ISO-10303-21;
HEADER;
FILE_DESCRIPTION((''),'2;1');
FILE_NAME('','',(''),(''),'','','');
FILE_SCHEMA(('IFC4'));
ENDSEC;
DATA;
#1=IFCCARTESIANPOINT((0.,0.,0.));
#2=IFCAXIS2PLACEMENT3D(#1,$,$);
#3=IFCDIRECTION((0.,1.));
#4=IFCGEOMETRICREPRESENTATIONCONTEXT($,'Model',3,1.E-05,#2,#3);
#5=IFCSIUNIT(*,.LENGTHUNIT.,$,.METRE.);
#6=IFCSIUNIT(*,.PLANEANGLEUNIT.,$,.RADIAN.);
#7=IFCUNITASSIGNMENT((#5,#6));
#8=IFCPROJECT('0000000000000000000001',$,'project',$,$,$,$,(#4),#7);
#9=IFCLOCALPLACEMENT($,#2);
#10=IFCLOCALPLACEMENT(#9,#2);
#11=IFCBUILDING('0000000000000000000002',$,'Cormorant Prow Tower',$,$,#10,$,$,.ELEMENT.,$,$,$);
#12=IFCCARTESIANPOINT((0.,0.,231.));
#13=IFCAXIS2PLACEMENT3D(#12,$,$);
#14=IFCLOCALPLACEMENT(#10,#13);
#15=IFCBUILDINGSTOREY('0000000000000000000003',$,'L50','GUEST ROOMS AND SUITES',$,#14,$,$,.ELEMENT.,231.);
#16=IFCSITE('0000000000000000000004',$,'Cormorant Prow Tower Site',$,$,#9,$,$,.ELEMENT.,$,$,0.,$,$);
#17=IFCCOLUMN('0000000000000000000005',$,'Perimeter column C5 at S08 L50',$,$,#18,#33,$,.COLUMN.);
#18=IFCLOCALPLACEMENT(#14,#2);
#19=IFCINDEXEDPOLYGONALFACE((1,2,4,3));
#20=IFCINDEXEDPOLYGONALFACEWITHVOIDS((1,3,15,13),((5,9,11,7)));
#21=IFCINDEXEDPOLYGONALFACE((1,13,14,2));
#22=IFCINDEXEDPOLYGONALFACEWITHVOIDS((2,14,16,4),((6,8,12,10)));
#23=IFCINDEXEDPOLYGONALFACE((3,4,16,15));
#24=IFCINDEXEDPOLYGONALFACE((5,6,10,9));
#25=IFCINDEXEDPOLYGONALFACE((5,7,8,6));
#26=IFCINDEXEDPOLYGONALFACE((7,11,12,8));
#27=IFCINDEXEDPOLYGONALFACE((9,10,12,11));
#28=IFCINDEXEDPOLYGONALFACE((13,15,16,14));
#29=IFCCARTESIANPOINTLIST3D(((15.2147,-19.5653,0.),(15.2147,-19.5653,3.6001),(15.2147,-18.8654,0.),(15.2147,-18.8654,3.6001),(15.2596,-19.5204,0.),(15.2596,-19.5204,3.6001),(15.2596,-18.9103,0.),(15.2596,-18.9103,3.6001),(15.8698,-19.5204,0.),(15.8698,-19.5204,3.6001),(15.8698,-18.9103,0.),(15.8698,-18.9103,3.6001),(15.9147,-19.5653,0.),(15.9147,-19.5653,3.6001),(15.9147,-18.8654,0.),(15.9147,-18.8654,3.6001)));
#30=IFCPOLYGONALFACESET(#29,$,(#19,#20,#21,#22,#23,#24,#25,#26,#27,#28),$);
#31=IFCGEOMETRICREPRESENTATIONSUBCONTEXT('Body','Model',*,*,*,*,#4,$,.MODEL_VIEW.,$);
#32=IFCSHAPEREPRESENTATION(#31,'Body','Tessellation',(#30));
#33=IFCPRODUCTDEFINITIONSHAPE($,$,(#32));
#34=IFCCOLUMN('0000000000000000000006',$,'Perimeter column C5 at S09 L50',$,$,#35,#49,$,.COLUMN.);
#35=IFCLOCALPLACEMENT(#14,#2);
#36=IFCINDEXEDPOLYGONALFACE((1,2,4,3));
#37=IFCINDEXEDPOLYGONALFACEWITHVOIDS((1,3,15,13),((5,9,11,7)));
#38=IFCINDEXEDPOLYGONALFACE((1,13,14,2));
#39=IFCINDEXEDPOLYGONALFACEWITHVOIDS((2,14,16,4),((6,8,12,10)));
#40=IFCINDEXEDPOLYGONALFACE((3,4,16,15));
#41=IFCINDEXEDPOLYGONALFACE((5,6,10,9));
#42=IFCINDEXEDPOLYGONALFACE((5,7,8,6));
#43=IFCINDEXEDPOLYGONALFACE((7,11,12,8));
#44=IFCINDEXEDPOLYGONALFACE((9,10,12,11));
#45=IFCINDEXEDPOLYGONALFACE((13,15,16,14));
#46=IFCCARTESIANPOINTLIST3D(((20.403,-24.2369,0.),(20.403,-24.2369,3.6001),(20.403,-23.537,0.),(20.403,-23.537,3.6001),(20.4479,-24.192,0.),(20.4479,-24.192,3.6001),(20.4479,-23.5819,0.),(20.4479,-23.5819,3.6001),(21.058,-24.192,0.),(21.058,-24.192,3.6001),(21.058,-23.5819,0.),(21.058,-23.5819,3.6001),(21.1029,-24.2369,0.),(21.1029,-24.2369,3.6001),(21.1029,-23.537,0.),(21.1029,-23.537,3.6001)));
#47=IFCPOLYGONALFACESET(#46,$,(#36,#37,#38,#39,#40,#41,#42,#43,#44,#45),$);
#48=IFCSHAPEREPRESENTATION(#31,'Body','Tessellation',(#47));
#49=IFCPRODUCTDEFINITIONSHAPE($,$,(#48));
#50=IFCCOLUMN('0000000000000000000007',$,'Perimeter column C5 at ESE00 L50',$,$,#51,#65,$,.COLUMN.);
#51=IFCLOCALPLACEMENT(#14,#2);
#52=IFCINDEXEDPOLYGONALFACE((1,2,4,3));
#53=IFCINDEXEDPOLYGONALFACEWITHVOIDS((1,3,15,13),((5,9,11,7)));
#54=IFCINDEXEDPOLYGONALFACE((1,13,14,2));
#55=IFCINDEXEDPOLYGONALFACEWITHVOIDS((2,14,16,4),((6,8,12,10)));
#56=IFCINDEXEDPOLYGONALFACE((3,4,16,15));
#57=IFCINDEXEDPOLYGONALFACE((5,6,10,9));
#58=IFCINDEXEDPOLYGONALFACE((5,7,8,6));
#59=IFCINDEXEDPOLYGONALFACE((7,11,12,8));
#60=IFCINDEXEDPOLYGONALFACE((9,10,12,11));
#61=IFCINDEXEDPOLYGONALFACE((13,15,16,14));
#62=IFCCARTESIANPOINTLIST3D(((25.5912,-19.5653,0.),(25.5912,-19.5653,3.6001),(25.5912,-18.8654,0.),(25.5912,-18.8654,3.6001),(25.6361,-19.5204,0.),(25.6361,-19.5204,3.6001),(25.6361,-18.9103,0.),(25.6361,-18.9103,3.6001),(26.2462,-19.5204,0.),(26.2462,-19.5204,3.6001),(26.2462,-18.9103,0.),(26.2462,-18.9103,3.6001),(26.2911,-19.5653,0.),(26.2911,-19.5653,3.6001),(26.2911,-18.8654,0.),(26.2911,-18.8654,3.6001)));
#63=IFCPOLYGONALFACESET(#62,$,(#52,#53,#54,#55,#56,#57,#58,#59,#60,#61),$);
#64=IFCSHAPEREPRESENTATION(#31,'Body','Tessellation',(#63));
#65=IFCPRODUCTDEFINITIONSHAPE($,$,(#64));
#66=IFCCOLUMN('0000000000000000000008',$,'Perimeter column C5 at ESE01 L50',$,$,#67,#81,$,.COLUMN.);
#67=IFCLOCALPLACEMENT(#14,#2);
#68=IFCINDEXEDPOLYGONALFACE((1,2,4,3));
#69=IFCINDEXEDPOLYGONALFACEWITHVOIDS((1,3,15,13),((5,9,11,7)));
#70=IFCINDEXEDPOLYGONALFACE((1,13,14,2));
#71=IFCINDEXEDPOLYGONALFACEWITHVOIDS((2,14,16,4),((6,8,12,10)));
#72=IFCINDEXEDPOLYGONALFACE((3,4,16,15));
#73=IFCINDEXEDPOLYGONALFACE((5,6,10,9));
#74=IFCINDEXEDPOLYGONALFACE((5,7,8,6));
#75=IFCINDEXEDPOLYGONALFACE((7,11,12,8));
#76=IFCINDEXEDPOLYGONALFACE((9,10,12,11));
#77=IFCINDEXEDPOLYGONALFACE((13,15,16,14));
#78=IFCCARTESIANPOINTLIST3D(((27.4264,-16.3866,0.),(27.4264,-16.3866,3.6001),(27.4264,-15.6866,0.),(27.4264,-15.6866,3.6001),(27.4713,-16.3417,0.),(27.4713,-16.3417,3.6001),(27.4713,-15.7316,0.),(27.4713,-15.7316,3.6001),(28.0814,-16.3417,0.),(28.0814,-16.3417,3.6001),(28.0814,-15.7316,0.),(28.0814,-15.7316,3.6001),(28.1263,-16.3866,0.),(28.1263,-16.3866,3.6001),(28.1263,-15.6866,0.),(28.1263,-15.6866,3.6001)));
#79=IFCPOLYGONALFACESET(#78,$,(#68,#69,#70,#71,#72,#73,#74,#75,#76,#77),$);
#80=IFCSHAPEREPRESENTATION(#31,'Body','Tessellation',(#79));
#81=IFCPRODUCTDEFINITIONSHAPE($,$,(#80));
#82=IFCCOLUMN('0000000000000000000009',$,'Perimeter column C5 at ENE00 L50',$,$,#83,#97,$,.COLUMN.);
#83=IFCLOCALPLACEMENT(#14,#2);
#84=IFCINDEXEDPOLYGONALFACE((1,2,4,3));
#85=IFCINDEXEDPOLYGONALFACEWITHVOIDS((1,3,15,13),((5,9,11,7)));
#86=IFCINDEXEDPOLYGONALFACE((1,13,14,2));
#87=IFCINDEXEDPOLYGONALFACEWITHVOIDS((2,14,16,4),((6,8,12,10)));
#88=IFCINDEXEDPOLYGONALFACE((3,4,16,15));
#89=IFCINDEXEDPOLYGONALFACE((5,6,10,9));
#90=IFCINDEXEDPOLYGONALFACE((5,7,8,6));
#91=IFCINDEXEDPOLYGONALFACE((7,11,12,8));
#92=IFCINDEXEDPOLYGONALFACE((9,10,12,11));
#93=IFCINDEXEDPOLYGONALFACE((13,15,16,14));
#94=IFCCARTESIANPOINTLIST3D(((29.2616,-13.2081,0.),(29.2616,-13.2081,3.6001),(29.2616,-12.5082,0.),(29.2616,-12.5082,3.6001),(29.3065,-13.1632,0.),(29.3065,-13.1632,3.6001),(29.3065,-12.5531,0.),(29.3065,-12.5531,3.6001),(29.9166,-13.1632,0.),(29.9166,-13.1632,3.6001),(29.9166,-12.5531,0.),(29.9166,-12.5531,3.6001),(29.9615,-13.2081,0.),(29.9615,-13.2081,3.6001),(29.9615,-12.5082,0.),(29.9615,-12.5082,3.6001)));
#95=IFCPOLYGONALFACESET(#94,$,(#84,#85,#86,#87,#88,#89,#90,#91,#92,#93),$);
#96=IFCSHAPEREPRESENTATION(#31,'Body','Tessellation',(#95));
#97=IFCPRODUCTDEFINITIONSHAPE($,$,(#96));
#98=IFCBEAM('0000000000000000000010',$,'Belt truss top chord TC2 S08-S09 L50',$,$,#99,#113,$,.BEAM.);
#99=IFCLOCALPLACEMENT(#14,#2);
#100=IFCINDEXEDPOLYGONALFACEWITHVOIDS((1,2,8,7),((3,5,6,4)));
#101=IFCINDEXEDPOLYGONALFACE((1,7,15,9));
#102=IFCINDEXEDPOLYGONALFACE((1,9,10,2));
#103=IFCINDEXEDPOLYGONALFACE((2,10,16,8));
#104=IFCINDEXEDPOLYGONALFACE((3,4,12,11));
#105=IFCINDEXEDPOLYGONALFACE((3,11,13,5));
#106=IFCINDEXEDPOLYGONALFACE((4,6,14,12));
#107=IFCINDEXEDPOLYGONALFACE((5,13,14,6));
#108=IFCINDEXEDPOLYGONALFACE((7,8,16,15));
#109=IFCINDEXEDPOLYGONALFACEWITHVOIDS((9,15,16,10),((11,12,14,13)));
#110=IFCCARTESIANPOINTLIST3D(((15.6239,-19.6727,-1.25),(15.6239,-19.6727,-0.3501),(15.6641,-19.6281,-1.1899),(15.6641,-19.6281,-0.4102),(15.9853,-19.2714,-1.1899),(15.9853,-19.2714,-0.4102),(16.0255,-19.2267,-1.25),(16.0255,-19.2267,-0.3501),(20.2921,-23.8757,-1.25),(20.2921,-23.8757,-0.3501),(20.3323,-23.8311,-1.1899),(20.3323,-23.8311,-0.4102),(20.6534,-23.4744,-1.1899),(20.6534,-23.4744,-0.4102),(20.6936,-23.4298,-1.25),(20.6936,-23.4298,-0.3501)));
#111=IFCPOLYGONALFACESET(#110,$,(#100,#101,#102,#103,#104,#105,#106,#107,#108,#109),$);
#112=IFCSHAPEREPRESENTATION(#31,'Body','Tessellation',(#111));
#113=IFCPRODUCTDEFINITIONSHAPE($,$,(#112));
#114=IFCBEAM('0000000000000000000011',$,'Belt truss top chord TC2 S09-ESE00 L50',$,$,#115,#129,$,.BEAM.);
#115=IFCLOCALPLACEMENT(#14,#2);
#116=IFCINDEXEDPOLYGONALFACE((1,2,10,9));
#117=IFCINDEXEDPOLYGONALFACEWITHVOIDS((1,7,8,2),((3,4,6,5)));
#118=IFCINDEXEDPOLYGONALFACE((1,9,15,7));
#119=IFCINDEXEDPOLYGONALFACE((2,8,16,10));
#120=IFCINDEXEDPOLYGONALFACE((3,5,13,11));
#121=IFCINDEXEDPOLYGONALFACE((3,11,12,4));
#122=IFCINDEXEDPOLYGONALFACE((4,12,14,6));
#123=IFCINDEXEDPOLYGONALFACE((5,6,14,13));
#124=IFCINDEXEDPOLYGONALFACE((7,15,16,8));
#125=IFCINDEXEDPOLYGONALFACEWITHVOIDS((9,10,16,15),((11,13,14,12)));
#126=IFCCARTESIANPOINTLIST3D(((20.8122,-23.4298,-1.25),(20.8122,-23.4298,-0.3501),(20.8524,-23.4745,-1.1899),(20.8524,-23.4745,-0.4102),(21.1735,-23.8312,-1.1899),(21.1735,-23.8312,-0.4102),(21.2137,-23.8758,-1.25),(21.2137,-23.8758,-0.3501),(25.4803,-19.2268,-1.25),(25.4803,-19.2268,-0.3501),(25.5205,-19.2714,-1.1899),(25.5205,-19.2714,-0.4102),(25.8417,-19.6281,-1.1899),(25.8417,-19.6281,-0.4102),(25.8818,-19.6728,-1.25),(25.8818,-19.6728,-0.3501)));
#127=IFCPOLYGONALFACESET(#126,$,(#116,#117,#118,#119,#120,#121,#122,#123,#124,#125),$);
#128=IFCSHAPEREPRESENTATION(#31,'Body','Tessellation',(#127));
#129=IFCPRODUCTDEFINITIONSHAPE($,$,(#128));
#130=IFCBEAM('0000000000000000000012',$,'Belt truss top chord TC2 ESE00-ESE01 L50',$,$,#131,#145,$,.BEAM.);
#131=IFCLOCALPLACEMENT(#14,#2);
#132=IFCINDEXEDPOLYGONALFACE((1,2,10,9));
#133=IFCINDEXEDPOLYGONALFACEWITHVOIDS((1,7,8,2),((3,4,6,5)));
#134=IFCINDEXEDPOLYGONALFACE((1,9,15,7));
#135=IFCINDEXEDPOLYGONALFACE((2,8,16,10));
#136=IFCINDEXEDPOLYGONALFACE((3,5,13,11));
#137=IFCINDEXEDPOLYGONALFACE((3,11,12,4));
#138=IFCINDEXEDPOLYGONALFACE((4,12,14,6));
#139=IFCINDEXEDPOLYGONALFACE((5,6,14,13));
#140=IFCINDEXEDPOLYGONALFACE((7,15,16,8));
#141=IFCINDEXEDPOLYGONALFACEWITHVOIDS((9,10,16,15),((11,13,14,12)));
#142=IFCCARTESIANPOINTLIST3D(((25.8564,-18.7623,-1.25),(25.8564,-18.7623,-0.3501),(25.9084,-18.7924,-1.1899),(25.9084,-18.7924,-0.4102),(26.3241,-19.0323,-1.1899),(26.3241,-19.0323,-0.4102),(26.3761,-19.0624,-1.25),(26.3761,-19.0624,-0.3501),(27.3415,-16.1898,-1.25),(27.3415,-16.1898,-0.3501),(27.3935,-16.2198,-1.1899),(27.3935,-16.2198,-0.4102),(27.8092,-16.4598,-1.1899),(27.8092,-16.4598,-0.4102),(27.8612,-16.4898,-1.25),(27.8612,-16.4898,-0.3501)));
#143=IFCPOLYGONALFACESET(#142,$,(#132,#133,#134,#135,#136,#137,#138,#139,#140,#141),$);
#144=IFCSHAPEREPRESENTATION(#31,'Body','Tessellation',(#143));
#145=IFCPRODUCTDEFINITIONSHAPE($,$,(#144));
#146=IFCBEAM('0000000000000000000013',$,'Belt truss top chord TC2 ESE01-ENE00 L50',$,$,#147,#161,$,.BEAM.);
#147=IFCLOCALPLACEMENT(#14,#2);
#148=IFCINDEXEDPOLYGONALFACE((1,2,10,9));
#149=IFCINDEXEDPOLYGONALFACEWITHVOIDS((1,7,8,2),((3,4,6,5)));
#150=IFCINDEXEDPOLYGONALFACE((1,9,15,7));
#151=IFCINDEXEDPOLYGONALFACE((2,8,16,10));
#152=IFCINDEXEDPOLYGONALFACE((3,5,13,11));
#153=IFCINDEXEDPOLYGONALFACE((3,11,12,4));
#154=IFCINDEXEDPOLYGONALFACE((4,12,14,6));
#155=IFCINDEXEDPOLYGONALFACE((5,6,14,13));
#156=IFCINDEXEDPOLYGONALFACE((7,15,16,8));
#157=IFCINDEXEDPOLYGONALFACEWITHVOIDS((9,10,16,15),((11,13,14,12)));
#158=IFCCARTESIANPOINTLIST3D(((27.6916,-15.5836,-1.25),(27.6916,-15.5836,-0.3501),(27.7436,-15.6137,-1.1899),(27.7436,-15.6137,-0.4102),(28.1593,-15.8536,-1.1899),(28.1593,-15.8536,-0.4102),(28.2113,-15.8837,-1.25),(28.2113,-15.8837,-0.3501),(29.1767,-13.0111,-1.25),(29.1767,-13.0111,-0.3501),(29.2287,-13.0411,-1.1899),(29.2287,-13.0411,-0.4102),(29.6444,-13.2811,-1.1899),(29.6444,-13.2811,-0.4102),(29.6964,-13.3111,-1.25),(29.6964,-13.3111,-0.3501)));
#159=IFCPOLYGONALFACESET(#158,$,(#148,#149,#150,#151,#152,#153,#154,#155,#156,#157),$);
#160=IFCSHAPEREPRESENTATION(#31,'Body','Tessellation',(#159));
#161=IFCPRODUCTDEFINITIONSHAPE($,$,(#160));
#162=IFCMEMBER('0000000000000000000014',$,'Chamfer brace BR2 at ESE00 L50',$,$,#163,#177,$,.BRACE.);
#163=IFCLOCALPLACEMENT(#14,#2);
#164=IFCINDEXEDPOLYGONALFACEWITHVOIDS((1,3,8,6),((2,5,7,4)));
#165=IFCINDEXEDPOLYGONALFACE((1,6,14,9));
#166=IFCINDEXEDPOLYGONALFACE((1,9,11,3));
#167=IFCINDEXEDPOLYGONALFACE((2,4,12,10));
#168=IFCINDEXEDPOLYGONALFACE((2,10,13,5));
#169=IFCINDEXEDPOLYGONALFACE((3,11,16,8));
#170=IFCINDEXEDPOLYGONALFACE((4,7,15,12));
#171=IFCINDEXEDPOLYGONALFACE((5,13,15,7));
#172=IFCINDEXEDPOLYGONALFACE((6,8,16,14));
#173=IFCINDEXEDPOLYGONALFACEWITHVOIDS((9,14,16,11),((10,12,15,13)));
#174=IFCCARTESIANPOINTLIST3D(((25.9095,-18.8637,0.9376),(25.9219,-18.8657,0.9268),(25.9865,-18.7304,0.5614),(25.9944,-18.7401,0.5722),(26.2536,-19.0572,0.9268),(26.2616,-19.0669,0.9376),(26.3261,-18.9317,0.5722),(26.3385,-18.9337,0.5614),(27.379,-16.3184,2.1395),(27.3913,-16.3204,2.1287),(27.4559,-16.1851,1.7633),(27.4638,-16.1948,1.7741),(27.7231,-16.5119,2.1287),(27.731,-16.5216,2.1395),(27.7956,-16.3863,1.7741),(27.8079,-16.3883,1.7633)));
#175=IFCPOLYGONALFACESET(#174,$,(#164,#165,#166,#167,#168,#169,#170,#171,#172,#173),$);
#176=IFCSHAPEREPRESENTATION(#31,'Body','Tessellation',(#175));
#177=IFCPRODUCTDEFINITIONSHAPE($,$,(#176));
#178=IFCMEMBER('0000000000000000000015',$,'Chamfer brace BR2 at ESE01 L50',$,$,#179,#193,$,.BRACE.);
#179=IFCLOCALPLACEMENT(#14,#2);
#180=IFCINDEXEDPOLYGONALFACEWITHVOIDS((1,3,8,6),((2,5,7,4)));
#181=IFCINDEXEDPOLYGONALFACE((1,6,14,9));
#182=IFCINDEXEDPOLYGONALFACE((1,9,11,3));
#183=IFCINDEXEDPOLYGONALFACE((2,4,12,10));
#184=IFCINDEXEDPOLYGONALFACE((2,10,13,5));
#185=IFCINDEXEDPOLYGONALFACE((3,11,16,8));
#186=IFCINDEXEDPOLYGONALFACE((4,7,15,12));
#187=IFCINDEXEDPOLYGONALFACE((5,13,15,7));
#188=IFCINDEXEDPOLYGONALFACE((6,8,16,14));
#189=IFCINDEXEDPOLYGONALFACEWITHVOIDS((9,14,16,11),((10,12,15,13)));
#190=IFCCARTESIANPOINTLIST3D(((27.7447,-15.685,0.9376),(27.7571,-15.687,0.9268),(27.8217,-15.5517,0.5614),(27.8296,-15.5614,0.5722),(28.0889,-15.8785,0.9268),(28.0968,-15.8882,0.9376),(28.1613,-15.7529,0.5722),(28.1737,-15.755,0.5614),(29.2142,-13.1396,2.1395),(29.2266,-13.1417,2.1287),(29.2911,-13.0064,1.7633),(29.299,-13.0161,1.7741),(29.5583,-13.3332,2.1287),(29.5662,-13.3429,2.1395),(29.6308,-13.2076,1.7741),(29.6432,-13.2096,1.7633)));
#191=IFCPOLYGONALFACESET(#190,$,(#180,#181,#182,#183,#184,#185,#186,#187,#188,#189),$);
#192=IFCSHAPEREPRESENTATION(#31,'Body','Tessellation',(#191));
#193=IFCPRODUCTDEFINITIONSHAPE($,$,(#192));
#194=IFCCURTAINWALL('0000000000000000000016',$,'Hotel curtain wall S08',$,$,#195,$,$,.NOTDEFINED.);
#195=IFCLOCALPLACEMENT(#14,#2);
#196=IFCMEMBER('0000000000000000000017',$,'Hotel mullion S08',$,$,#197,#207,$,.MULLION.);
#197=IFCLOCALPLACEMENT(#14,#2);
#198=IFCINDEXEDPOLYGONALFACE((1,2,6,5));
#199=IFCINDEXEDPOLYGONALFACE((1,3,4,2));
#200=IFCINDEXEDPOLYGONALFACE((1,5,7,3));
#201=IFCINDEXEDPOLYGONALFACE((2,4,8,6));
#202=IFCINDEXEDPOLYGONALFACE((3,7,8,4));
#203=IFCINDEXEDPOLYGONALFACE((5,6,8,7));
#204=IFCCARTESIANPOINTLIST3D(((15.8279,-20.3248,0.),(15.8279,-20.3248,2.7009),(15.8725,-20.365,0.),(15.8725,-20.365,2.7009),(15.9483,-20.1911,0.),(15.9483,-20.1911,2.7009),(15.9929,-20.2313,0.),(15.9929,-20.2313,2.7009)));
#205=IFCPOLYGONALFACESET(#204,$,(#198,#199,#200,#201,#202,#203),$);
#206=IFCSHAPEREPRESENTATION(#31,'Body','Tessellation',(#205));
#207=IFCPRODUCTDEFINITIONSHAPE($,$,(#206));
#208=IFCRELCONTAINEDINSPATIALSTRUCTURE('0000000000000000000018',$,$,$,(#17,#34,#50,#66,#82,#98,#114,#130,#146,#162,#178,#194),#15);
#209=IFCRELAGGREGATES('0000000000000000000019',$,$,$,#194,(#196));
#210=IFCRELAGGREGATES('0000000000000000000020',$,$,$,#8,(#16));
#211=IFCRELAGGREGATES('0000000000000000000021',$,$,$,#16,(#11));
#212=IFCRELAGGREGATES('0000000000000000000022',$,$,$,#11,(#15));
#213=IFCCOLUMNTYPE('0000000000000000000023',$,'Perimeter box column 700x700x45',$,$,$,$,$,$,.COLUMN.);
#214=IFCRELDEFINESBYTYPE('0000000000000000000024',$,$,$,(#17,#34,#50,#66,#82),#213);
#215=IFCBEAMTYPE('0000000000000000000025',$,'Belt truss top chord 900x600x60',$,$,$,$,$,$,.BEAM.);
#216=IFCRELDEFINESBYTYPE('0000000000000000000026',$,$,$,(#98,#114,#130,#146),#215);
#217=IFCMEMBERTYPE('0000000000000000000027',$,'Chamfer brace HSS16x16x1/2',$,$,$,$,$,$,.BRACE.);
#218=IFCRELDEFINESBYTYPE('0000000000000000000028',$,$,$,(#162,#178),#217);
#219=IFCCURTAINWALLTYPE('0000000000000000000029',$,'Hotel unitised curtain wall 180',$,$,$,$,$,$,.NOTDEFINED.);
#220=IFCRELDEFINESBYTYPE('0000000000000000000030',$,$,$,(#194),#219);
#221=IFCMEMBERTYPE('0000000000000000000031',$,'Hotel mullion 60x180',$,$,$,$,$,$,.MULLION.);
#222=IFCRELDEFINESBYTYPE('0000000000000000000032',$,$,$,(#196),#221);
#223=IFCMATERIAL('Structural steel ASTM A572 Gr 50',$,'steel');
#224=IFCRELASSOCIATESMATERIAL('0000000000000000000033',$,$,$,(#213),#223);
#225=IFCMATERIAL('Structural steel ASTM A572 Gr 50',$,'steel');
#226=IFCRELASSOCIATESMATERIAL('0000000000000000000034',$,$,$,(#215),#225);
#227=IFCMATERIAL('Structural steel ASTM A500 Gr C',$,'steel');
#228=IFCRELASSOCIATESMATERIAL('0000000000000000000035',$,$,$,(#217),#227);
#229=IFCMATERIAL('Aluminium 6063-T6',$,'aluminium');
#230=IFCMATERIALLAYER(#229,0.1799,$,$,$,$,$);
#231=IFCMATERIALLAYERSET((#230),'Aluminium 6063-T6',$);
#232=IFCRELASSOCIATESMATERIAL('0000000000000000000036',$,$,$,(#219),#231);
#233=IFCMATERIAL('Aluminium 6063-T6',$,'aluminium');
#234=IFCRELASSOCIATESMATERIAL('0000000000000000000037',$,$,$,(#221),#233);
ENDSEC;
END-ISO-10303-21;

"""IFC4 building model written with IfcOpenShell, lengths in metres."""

from ifc_helpers import new_model, si_unit, direction, frame, origin, origin_2d, place, context, subcontext, project, spatial, rectangle, hollow_rectangle, extrude, material, layer, layer_set, material_profile, profile_set, type_object, element, aggregate, save


model = new_model("IFC4")

# Units and contexts
model_context = context("Model", 3, precision=1e-05, world=origin(), true_north=direction((0.0, 1.0)))
body_context = subcontext(model_context, "Body", "Model", "MODEL_VIEW")
ifc_project = project(units=[si_unit("LENGTHUNIT", "METRE"), si_unit("PLANEANGLEUNIT", "RADIAN")], contexts=[model_context])

# Site, building, storey
site_placement = place(None, origin())
site = spatial("IfcSite", under=ifc_project, at=site_placement, Name="Cormorant Prow Tower Site", CompositionType="ELEMENT", RefElevation=0.0)
building_placement = place(site_placement, origin())
building = spatial("IfcBuilding", under=site, at=building_placement, Name="Cormorant Prow Tower", CompositionType="ELEMENT")
storey_placement = place(building_placement, frame((0.0, 0.0, 231.0)))
storey = spatial("IfcBuildingStorey", under=building, at=storey_placement, Name="L50", Description="GUEST ROOMS AND SUITES", CompositionType="ELEMENT", Elevation=231.0)

# Columns
ifc_material_1 = material(Name="Structural steel ASTM A572 Gr 50", Category="steel")
ifc_material_profile_1 = material_profile(ifc_material_1, hollow_rectangle(XDim=0.7, YDim=0.7, WallThickness=0.0449, at=origin_2d()), Name="Box 700x700x45")
ifc_profile_set_1 = profile_set([ifc_material_profile_1], Name="Structural steel ASTM A572 Gr 50")
column_type = type_object("IfcColumnType", Name="Perimeter box column 700x700x45", PredefinedType="COLUMN", material=ifc_profile_set_1)
for number, where, z_axis, x_axis, name in (
    (1, (15.5647, -19.2153, 0.0), (0.0, 0.0, 1.0), (1.0, 0.0, 0.0), "Perimeter column C5 at S08 L50"),
    (2, (20.7529, -23.887, 0.0), (0.0, 0.0, 1.0), (1.0, 0.0, 0.0), "Perimeter column C5 at S09 L50"),
    (3, (25.9412, -19.2153, 0.0), (0.0, 0.0, 1.0), (1.0, 0.0, 0.0), "Perimeter column C5 at ESE00 L50"),
    (4, (27.7764, -16.0366, 0.0), (0.0, 0.0, 1.0), (1.0, 0.0, 0.0), "Perimeter column C5 at ESE01 L50"),
    (5, (29.6116, -12.8582, 0.0), (0.0, 0.0, 1.0), (1.0, 0.0, 0.0), "Perimeter column C5 at ENE00 L50"),
):
    element("IfcColumn", number, at=place(storey_placement, frame(where, z_axis=z_axis, x_axis=x_axis)), inside=storey, type_object=column_type, Name=name, PredefinedType="COLUMN", context=body_context, shape_type="SweptSolid", body=[
        extrude(hollow_rectangle(XDim=0.7, YDim=0.7, WallThickness=0.0449, at=origin_2d()), origin(), (0.0, 0.0, 1.0), 3.6001),
    ])

# Beams
ifc_material_2 = material(Name="Structural steel ASTM A572 Gr 50", Category="steel")
ifc_material_profile_2 = material_profile(ifc_material_2, hollow_rectangle(XDim=0.6001, YDim=0.8999, WallThickness=0.0601, at=origin_2d()), Name="Box 900x600x60")
ifc_profile_set_2 = profile_set([ifc_material_profile_2], Name="Structural steel ASTM A572 Gr 50")
beam_type = type_object("IfcBeamType", Name="Belt truss top chord 900x600x60", PredefinedType="BEAM", material=ifc_profile_set_2)
for number, where, z_axis, x_axis, name in (
    (6, (15.8247, -19.4497, -0.8), (0.743157, -0.669117, 0.0), (0.669117, 0.743157, 0.0), "Belt truss top chord TC2 S08-S09 L50"),
    (7, (21.0129, -23.6528, -0.8), (0.743157, 0.669117, 0.0), (-0.669117, 0.743157, 0.0), "Belt truss top chord TC2 S09-ESE00 L50"),
):
    element("IfcBeam", number, at=place(storey_placement, frame(where, z_axis=z_axis, x_axis=x_axis)), inside=storey, type_object=beam_type, Name=name, PredefinedType="BEAM", context=body_context, shape_type="SweptSolid", body=[
        extrude(hollow_rectangle(XDim=0.6001, YDim=0.8999, WallThickness=0.0601, at=origin_2d()), origin(), (0.0, 0.0, 1.0), 6.2815),
    ])
for number, where, z_axis, x_axis, name in (
    (8, (26.1162, -18.9124, -0.8), (0.499967, 0.866045, 0.0), (-0.866045, 0.499967, 0.0), "Belt truss top chord TC2 ESE00-ESE01 L50"),
    (9, (27.9514, -15.7336, -0.8), (0.499967, 0.866045, 0.0), (-0.866045, 0.499967, 0.0), "Belt truss top chord TC2 ESE01-ENE00 L50"),
):
    element("IfcBeam", number, at=place(storey_placement, frame(where, z_axis=z_axis, x_axis=x_axis)), inside=storey, type_object=beam_type, Name=name, PredefinedType="BEAM", context=body_context, shape_type="SweptSolid", body=[
        extrude(hollow_rectangle(XDim=0.6001, YDim=0.8999, WallThickness=0.0601, at=origin_2d()), origin(), (0.0, 0.0, 1.0), 2.9705),
    ])

# Members
ifc_material_3 = material(Name="Structural steel ASTM A500 Gr C", Category="steel")
ifc_material_profile_3 = material_profile(ifc_material_3, hollow_rectangle(XDim=0.4065, YDim=0.4065, WallThickness=0.0117, at=origin_2d()), Name="HSS16x16x1/2")
ifc_profile_set_3 = profile_set([ifc_material_profile_3], Name="Structural steel ASTM A500 Gr C")
member_type_1 = type_object("IfcMemberType", Name="Chamfer brace HSS16x16x1/2", PredefinedType="BRACE", material=ifc_profile_set_3)
for number, where, z_axis, x_axis, name in (
    (10, (26.124, -18.8987, 0.7495), (0.462773, 0.801607, 0.378507), (-0.866042, 0.499972, 0.0), "Chamfer brace BR2 at ESE00 L50"),
    (11, (27.9592, -15.72, 0.7495), (0.462773, 0.801607, 0.378507), (-0.866042, 0.499972, 0.0), "Chamfer brace BR2 at ESE01 L50"),
):
    element("IfcMember", number, at=place(storey_placement, frame(where, z_axis=z_axis, x_axis=x_axis)), inside=storey, type_object=member_type_1, Name=name, PredefinedType="BRACE", context=body_context, shape_type="SweptSolid", body=[
        extrude(hollow_rectangle(XDim=0.4065, YDim=0.4065, WallThickness=0.0117, at=origin_2d()), origin(), (0.0, 0.0, 1.0), 3.1753),
    ])

# Curtain wall, member
ifc_material_4 = material(Name="Aluminium 6063-T6", Category="aluminium")
ifc_layer_1 = layer(ifc_material_4, 0.1799)
ifc_layer_set_1 = layer_set([ifc_layer_1], Name="Aluminium 6063-T6")
curtain_wall_type = type_object("IfcCurtainWallType", Name="Hotel unitised curtain wall 180", PredefinedType="NOTDEFINED", material=ifc_layer_set_1)
curtain_wall_placement = place(storey_placement, origin())
curtain_wall = element("IfcCurtainWall", 12, at=curtain_wall_placement, inside=storey, type_object=curtain_wall_type, Name="Hotel curtain wall S08", PredefinedType="NOTDEFINED")
ifc_material_5 = material(Name="Aluminium 6063-T6", Category="aluminium")
ifc_material_profile_4 = material_profile(ifc_material_5, rectangle(XDim=0.1799, YDim=0.0601, at=origin_2d()), Name="Hotel mullion 60x180")
ifc_profile_set_4 = profile_set([ifc_material_profile_4], Name="Aluminium 6063-T6")
member_type_2 = type_object("IfcMemberType", Name="Hotel mullion 60x180", PredefinedType="MULLION", material=ifc_profile_set_4)
member_1_placement = place(storey_placement, frame((15.9104, -20.2781, 0.0), z_axis=(0.0, 0.0, 1.0), x_axis=(0.669131, 0.743145, 0.0)))
member_1 = element("IfcMember", 13, at=member_1_placement, type_object=member_type_2, Name="Hotel mullion S08", PredefinedType="MULLION", context=body_context, shape_type="SweptSolid", body=[
    extrude(rectangle(XDim=0.1799, YDim=0.0601, at=origin_2d()), origin(), (0.0, 0.0, 1.0), 2.7009),
])
aggregate(curtain_wall, [member_1])

save(model, "model.ifc")
